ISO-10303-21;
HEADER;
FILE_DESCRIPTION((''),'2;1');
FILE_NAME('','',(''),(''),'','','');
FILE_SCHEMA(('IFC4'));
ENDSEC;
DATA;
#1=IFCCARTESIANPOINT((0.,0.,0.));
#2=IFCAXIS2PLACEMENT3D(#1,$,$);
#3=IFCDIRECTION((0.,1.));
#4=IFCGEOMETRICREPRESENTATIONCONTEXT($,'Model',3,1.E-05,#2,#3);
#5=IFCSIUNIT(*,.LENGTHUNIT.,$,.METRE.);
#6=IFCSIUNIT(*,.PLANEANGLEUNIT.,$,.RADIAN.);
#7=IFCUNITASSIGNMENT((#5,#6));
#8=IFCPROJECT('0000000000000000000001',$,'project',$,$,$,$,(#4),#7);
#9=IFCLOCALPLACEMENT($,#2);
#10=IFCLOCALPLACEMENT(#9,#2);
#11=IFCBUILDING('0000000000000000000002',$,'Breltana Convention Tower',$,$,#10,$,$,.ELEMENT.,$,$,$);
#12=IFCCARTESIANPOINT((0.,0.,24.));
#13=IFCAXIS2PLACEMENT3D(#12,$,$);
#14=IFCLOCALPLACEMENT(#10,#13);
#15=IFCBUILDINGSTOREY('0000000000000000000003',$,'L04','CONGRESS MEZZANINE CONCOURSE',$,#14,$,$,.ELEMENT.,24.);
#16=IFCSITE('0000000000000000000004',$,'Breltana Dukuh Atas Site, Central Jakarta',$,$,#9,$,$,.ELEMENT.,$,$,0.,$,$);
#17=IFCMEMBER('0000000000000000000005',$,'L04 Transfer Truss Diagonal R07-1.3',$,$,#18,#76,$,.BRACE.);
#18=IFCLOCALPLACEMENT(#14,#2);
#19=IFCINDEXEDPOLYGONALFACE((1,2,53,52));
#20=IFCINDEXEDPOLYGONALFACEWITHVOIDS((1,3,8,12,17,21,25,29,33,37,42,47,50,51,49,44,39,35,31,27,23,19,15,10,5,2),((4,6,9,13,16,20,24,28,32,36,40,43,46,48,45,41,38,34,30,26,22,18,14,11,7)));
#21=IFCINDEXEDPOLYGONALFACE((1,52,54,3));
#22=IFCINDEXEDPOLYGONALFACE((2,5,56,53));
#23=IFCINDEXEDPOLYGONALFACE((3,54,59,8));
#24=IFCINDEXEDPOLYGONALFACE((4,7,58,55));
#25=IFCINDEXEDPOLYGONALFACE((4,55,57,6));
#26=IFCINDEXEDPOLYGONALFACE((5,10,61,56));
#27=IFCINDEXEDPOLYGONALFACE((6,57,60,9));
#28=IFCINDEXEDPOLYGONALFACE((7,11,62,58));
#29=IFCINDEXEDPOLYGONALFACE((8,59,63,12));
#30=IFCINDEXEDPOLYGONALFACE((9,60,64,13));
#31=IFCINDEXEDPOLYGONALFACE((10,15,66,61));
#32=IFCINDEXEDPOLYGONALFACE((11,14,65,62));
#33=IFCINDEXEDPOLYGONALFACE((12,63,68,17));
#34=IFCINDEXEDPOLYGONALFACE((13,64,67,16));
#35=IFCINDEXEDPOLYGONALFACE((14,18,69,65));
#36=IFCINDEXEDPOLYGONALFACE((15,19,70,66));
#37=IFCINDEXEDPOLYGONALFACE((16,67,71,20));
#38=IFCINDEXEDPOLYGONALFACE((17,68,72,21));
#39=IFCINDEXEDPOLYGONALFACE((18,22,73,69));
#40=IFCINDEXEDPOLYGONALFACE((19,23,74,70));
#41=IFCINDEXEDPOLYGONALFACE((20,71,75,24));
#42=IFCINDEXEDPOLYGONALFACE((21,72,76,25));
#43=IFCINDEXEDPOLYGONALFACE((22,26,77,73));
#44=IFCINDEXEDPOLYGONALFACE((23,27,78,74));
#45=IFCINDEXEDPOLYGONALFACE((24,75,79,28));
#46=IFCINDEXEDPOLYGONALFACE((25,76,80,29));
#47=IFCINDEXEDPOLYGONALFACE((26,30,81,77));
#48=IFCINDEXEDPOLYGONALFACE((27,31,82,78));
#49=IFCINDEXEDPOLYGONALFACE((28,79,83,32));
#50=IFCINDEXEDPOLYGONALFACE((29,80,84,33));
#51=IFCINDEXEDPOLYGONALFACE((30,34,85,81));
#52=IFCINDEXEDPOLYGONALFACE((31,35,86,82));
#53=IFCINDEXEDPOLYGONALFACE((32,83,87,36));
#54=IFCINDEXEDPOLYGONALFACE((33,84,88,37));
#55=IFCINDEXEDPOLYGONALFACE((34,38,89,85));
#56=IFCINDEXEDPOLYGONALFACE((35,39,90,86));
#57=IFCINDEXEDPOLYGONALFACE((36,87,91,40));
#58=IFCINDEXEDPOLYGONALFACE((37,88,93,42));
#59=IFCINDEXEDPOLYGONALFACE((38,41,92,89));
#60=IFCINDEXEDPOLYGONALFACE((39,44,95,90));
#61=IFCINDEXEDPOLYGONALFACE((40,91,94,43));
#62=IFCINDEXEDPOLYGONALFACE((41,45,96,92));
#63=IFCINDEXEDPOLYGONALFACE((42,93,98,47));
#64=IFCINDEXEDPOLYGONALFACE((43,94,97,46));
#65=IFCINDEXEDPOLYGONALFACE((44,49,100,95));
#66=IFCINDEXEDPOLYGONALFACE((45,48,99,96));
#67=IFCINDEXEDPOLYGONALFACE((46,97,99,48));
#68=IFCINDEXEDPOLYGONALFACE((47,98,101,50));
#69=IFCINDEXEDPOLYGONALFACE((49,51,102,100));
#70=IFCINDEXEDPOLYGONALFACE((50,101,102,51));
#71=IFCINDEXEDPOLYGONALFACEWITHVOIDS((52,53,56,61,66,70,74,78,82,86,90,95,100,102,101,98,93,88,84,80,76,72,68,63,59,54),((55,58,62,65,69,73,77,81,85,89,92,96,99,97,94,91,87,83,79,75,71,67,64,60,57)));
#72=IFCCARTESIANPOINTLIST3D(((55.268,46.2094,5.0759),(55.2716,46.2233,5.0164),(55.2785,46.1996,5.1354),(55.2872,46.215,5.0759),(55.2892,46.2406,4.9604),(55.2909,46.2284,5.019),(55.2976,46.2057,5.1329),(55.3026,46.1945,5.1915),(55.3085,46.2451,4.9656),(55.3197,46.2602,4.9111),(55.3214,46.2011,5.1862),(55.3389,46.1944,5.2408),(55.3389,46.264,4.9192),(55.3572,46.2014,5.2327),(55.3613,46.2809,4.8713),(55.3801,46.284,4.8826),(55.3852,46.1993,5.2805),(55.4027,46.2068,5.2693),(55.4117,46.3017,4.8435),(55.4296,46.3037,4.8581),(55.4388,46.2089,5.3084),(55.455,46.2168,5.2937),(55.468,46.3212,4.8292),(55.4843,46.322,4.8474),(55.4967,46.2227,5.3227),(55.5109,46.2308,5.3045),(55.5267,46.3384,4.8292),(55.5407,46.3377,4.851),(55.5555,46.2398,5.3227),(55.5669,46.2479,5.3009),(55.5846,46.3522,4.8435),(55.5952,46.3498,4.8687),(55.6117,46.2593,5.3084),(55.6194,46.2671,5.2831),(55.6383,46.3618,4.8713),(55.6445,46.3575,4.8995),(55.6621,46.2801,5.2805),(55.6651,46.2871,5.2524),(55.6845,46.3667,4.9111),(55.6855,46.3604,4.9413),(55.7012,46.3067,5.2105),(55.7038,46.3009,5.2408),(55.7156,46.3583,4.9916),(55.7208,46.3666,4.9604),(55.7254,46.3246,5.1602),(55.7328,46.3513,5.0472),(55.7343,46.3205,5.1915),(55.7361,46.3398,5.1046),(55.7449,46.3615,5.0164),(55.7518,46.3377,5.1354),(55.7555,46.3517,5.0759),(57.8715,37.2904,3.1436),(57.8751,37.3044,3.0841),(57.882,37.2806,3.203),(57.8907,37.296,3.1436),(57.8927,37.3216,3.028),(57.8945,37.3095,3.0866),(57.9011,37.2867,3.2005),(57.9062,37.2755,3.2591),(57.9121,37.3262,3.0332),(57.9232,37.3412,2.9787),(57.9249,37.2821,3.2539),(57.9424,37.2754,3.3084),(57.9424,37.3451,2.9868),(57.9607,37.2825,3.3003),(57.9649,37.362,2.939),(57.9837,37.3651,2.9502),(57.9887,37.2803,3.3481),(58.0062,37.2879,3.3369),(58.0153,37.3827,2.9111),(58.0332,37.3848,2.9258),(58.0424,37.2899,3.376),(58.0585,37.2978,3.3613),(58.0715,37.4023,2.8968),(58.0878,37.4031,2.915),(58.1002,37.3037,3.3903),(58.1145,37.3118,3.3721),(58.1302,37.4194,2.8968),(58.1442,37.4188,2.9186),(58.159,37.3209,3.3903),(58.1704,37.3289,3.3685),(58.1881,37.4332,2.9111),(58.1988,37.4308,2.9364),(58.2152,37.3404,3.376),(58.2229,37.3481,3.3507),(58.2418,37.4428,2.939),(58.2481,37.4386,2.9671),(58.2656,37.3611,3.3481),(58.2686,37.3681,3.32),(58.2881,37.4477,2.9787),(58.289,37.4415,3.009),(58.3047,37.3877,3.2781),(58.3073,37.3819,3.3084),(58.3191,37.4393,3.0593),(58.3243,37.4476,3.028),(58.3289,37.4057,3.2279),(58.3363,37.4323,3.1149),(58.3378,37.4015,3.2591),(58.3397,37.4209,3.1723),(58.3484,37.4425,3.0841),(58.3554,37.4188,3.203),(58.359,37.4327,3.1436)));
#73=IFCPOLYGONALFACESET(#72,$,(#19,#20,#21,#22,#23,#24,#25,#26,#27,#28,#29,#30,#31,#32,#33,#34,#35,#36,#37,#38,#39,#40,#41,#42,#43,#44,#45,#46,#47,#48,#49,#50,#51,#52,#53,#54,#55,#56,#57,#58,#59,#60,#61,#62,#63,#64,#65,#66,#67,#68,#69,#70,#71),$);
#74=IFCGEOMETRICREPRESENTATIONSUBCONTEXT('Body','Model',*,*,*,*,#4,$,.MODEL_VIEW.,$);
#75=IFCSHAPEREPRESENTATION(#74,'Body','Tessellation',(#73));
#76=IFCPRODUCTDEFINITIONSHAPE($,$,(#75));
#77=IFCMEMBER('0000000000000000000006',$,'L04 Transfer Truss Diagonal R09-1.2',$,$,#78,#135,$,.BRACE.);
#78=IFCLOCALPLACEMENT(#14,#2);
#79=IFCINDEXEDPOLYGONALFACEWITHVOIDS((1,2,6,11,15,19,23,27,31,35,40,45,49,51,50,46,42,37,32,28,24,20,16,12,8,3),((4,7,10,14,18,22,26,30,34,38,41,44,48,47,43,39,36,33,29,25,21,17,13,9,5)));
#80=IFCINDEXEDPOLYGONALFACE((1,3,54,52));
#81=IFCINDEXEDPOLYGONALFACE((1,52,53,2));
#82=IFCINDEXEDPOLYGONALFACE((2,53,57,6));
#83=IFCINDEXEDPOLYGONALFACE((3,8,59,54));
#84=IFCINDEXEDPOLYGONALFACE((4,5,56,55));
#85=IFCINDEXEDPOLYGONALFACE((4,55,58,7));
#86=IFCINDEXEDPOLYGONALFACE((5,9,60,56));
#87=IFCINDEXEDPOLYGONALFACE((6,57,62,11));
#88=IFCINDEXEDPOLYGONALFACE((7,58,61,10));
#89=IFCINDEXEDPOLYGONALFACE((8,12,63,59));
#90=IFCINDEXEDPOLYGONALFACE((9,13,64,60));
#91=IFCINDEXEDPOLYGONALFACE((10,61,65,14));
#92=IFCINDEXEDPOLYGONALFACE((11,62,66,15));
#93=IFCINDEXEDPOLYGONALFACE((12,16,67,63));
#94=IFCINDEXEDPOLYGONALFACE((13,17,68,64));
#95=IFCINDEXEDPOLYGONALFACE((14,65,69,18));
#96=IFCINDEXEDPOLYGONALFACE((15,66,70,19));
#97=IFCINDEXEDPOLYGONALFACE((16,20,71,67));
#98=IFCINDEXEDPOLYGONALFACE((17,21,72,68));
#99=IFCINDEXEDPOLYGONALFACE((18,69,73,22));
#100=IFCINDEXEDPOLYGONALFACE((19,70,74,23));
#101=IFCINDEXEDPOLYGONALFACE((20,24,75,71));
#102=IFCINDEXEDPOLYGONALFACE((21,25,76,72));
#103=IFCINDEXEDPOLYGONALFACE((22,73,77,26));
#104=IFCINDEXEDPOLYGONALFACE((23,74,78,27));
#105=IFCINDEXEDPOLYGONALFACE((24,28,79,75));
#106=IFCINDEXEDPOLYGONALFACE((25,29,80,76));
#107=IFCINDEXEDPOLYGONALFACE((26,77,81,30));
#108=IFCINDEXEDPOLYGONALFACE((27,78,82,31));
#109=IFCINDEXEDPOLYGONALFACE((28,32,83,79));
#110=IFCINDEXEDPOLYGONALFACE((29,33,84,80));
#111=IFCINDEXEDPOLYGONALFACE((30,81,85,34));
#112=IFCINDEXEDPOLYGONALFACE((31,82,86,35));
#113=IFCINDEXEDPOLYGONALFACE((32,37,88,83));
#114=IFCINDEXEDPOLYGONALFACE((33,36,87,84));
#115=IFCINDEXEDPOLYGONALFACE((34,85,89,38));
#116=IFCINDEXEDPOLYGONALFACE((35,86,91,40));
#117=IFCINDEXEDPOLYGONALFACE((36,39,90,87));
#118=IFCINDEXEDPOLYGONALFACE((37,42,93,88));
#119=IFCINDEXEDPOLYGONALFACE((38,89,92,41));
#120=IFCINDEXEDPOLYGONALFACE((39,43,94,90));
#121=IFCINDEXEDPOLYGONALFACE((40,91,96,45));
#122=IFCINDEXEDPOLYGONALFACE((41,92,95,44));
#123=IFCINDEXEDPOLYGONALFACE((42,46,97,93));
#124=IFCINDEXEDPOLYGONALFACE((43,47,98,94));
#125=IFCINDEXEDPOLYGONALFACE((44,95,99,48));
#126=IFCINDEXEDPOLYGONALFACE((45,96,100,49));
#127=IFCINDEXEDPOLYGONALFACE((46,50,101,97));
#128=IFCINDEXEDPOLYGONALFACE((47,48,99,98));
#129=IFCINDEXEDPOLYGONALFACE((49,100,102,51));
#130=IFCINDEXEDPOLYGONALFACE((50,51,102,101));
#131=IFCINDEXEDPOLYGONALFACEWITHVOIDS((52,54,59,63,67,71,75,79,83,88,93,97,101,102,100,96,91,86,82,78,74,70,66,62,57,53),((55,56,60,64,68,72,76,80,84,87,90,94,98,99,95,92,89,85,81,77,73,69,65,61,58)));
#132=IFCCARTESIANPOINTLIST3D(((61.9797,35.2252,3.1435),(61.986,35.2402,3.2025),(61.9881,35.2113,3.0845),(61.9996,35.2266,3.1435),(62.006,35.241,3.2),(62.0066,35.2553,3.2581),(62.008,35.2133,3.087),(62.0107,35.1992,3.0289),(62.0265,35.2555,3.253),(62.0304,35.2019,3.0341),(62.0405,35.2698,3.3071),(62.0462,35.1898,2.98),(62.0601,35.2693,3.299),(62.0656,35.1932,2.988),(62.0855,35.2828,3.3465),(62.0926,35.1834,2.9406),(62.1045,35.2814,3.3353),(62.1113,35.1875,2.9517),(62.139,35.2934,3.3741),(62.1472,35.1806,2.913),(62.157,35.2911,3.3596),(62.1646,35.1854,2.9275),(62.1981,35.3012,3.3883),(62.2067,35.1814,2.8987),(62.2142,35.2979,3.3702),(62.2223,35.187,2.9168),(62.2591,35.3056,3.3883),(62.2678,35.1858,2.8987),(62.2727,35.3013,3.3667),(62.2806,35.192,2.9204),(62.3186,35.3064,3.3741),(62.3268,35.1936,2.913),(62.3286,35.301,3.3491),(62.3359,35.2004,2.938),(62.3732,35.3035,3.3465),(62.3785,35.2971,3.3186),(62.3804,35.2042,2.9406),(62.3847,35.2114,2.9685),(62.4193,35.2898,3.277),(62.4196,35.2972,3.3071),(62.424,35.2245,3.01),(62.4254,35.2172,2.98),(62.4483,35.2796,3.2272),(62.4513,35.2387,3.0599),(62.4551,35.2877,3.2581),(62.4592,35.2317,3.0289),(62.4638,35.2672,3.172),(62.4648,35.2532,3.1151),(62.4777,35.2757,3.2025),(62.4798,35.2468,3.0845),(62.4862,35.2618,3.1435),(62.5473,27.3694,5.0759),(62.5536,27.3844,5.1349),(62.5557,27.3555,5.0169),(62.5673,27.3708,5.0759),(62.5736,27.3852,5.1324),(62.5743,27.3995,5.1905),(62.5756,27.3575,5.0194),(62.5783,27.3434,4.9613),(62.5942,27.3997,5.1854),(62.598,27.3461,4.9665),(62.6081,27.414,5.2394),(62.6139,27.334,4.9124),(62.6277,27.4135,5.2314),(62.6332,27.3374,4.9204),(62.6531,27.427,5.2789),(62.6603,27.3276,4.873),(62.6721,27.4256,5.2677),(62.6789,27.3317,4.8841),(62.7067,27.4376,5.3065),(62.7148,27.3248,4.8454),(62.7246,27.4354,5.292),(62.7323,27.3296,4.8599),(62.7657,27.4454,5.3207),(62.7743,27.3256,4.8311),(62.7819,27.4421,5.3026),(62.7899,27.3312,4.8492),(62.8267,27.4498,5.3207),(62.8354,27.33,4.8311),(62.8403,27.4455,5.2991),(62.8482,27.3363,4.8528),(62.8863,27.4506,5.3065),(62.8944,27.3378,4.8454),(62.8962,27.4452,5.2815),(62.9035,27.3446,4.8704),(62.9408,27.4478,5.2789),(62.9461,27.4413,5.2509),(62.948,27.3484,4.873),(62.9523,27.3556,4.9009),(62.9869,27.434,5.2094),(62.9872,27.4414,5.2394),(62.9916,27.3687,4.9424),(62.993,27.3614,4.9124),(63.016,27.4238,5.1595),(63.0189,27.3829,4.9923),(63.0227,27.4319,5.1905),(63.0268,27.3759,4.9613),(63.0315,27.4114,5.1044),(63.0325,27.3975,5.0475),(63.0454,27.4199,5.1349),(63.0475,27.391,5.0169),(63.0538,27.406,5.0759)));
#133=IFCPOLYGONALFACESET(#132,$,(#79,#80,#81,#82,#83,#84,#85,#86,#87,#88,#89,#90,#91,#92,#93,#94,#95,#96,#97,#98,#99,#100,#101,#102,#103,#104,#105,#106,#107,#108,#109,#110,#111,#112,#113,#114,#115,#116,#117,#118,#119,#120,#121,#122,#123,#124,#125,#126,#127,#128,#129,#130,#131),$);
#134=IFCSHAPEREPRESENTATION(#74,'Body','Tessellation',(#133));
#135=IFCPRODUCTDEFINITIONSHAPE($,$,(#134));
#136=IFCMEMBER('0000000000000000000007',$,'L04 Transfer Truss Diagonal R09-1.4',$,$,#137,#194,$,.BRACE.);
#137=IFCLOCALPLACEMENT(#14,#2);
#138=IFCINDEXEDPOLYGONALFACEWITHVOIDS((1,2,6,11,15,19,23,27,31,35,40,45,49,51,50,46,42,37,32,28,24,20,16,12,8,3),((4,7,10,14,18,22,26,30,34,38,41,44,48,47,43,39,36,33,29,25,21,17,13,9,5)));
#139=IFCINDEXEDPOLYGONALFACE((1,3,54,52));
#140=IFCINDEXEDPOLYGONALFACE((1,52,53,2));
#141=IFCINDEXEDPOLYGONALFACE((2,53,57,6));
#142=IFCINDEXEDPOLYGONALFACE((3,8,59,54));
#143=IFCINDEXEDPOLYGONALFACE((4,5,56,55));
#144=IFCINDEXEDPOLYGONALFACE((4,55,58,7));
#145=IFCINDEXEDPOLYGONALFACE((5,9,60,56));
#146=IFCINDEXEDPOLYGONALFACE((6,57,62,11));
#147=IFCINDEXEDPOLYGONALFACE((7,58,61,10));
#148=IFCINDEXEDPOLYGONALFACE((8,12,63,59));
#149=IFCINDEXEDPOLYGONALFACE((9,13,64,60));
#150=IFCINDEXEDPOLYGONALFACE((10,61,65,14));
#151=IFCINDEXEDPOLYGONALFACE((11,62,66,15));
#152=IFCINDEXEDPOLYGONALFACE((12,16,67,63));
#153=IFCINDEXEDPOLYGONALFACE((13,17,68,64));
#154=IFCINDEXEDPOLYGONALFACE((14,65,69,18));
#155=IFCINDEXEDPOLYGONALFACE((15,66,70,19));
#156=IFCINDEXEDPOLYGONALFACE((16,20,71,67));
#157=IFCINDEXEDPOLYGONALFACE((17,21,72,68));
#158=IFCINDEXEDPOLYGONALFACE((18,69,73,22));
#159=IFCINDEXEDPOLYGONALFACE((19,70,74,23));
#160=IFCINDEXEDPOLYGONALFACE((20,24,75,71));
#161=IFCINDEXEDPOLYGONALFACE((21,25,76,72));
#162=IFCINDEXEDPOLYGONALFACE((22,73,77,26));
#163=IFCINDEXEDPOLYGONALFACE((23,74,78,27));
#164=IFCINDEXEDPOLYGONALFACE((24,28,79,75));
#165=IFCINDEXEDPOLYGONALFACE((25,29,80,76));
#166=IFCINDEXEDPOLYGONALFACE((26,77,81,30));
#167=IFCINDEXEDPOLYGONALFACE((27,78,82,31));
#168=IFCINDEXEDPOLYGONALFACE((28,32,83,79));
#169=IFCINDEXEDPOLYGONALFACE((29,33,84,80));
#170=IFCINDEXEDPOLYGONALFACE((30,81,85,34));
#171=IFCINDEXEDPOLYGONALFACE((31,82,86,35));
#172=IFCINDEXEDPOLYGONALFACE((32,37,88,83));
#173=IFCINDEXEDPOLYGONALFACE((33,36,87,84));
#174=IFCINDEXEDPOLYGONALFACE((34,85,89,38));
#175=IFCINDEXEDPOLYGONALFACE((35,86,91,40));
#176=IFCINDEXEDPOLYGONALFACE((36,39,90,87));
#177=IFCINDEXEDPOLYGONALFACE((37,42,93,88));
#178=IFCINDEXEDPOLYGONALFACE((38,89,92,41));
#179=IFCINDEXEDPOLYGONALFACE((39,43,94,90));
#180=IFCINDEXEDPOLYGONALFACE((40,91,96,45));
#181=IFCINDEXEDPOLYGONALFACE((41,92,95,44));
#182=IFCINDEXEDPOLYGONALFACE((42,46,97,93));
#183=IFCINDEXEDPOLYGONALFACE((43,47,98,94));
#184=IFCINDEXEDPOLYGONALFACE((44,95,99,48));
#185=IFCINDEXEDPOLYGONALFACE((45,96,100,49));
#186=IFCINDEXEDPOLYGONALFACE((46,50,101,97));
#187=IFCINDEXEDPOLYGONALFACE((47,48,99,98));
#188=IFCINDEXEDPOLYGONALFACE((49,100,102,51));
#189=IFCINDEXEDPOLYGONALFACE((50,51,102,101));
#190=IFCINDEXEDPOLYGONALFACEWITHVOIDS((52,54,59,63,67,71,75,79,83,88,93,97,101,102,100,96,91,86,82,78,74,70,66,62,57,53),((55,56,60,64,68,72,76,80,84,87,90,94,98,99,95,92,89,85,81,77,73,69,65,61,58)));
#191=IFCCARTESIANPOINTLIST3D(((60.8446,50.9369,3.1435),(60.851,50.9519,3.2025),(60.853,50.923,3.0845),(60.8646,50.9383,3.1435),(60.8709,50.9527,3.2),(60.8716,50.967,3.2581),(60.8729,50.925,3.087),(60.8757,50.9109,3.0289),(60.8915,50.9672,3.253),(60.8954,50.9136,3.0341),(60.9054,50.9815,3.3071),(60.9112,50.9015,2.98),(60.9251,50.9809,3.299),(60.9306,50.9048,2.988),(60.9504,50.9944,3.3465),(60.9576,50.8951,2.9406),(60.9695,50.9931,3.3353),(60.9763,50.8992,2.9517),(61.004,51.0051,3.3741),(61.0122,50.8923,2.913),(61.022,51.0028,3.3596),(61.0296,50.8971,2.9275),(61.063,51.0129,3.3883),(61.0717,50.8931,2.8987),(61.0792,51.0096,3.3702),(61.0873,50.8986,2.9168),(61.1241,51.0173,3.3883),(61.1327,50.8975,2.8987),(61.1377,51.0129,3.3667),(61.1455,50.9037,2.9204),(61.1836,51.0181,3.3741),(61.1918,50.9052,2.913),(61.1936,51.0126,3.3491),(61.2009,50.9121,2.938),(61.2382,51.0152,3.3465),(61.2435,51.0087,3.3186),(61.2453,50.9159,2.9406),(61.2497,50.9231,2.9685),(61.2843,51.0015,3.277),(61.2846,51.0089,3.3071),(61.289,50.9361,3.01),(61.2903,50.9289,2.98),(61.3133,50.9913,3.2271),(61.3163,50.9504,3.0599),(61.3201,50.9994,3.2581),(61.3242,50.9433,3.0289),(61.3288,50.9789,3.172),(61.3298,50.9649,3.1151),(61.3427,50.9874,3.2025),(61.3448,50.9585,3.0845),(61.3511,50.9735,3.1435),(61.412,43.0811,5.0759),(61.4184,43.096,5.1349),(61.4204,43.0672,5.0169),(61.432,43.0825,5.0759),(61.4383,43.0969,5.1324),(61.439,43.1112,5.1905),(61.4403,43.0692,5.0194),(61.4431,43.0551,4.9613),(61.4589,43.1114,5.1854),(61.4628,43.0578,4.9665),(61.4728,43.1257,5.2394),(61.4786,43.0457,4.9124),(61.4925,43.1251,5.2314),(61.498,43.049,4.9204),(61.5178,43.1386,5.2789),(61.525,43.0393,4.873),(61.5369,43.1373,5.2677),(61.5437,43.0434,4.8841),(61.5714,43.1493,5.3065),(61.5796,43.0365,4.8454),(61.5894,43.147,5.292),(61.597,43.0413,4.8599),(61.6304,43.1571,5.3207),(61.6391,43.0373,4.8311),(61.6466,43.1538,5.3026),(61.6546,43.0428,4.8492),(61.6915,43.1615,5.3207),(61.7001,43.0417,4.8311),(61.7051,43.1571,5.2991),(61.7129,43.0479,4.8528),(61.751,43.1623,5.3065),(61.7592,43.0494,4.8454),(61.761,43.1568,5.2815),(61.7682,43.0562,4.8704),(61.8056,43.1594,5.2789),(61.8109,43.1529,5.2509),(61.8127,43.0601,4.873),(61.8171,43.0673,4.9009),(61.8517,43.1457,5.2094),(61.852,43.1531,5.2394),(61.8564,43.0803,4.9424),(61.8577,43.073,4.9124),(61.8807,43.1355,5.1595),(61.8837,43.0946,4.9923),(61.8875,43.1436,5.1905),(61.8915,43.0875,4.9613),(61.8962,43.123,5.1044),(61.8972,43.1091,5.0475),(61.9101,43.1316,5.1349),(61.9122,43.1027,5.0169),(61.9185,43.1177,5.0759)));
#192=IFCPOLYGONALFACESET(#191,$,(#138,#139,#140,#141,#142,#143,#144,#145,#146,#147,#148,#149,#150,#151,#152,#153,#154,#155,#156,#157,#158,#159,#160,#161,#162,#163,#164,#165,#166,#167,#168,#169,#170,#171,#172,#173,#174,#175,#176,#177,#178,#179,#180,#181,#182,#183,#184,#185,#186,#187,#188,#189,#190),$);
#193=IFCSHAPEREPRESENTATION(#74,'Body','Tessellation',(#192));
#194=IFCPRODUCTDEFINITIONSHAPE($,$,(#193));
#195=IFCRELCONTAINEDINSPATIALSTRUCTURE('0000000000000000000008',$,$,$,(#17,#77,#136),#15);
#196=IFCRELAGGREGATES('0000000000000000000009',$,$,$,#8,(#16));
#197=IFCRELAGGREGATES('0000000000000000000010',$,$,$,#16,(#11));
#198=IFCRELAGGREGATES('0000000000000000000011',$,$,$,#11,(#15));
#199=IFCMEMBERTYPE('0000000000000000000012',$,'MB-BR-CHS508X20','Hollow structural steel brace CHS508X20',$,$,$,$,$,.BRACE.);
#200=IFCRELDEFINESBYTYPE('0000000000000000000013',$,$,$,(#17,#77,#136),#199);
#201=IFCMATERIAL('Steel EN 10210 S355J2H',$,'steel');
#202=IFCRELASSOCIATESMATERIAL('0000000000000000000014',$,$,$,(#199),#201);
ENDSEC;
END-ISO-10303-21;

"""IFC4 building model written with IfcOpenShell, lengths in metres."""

from ifc_helpers import new_model, si_unit, direction, frame, origin, origin_2d, place, context, subcontext, project, spatial, hollow_circle, extrude, source, transform, mapped, material, material_profile, profile_set, type_object, element, save


model = new_model("IFC4")

# Units and contexts
model_context = context("Model", 3, precision=1e-05, world=origin(), true_north=direction((0.0, 1.0)))
body_context = subcontext(model_context, "Body", "Model", "MODEL_VIEW")
ifc_project = project(units=[si_unit("LENGTHUNIT", "METRE"), si_unit("PLANEANGLEUNIT", "RADIAN")], contexts=[model_context])

# Site, building, storey
site_placement = place(None, origin())
site = spatial("IfcSite", under=ifc_project, at=site_placement, Name="Breltana Dukuh Atas Site, Central Jakarta", CompositionType="ELEMENT", RefElevation=0.0)
building_placement = place(site_placement, origin())
building = spatial("IfcBuilding", under=site, at=building_placement, Name="Breltana Convention Tower", CompositionType="ELEMENT")
storey_placement = place(building_placement, frame((0.0, 0.0, 24.0)))
storey = spatial("IfcBuildingStorey", under=building, at=storey_placement, Name="L04", Description="CONGRESS MEZZANINE CONCOURSE", CompositionType="ELEMENT", Elevation=24.0)

# Members
ifc_material_1 = material(Name="Steel EN 10210 S355J2H", Category="steel")
ifc_material_profile = material_profile(ifc_material_1, hollow_circle(Radius=0.2539, WallThickness=0.02, at=origin_2d()), Name="CHS508X20")
ifc_profile_set = profile_set([ifc_material_profile], Name="Steel EN 10210 S355J2H")
member_type = type_object("IfcMemberType", Name="MB-BR-CHS508X20", Description="Hollow structural steel brace CHS508X20", PredefinedType="BRACE", material=ifc_profile_set)
shared_shape_1 = source(origin(), body_context, "Body", "SweptSolid", [
    extrude(hollow_circle(Radius=0.2539, WallThickness=0.02, at=origin_2d()), origin(), (0.0, 0.0, 1.0), 9.49),
])
for number, where, z_axis, x_axis, name in (
    (1, (58.1152, 37.3616, 3.1436), (-0.274343, 0.939826, 0.203622), (-0.959938, -0.280214, 0.0), "L04 Transfer Truss Diagonal R07-1.3"),
):
    element("IfcMember", number, at=place(storey_placement, frame(where, z_axis=z_axis, x_axis=x_axis)), inside=storey, type_object=member_type, Name=name, PredefinedType="BRACE", context=body_context, shape_type="MappedRepresentation", body=[
        mapped(shared_shape_1, transform((0.0, 0.0, 0.0), scale=1.0)),
    ])
shared_shape_2 = source(origin(), body_context, "Body", "SweptSolid", [
    extrude(hollow_circle(Radius=0.2539, WallThickness=0.02, at=origin_2d()), origin(), (0.0, 0.0, 1.0), 8.1099),
])
for number, where, z_axis, x_axis, name in (
    (2, (62.8005, 27.3877, 5.0759), (-0.069993, 0.968672, -0.238277), (-0.9974, -0.072069, 0.0), "L04 Transfer Truss Diagonal R09-1.2"),
    (3, (61.6653, 43.0994, 5.0759), (-0.069963, 0.968674, -0.238277), (-0.997402, -0.072038, 0.0), "L04 Transfer Truss Diagonal R09-1.4"),
):
    element("IfcMember", number, at=place(storey_placement, frame(where, z_axis=z_axis, x_axis=x_axis)), inside=storey, type_object=member_type, Name=name, PredefinedType="BRACE", context=body_context, shape_type="MappedRepresentation", body=[
        mapped(shared_shape_2, transform((0.0, 0.0, 0.0), scale=1.0)),
    ])

save(model, "model.ifc")
